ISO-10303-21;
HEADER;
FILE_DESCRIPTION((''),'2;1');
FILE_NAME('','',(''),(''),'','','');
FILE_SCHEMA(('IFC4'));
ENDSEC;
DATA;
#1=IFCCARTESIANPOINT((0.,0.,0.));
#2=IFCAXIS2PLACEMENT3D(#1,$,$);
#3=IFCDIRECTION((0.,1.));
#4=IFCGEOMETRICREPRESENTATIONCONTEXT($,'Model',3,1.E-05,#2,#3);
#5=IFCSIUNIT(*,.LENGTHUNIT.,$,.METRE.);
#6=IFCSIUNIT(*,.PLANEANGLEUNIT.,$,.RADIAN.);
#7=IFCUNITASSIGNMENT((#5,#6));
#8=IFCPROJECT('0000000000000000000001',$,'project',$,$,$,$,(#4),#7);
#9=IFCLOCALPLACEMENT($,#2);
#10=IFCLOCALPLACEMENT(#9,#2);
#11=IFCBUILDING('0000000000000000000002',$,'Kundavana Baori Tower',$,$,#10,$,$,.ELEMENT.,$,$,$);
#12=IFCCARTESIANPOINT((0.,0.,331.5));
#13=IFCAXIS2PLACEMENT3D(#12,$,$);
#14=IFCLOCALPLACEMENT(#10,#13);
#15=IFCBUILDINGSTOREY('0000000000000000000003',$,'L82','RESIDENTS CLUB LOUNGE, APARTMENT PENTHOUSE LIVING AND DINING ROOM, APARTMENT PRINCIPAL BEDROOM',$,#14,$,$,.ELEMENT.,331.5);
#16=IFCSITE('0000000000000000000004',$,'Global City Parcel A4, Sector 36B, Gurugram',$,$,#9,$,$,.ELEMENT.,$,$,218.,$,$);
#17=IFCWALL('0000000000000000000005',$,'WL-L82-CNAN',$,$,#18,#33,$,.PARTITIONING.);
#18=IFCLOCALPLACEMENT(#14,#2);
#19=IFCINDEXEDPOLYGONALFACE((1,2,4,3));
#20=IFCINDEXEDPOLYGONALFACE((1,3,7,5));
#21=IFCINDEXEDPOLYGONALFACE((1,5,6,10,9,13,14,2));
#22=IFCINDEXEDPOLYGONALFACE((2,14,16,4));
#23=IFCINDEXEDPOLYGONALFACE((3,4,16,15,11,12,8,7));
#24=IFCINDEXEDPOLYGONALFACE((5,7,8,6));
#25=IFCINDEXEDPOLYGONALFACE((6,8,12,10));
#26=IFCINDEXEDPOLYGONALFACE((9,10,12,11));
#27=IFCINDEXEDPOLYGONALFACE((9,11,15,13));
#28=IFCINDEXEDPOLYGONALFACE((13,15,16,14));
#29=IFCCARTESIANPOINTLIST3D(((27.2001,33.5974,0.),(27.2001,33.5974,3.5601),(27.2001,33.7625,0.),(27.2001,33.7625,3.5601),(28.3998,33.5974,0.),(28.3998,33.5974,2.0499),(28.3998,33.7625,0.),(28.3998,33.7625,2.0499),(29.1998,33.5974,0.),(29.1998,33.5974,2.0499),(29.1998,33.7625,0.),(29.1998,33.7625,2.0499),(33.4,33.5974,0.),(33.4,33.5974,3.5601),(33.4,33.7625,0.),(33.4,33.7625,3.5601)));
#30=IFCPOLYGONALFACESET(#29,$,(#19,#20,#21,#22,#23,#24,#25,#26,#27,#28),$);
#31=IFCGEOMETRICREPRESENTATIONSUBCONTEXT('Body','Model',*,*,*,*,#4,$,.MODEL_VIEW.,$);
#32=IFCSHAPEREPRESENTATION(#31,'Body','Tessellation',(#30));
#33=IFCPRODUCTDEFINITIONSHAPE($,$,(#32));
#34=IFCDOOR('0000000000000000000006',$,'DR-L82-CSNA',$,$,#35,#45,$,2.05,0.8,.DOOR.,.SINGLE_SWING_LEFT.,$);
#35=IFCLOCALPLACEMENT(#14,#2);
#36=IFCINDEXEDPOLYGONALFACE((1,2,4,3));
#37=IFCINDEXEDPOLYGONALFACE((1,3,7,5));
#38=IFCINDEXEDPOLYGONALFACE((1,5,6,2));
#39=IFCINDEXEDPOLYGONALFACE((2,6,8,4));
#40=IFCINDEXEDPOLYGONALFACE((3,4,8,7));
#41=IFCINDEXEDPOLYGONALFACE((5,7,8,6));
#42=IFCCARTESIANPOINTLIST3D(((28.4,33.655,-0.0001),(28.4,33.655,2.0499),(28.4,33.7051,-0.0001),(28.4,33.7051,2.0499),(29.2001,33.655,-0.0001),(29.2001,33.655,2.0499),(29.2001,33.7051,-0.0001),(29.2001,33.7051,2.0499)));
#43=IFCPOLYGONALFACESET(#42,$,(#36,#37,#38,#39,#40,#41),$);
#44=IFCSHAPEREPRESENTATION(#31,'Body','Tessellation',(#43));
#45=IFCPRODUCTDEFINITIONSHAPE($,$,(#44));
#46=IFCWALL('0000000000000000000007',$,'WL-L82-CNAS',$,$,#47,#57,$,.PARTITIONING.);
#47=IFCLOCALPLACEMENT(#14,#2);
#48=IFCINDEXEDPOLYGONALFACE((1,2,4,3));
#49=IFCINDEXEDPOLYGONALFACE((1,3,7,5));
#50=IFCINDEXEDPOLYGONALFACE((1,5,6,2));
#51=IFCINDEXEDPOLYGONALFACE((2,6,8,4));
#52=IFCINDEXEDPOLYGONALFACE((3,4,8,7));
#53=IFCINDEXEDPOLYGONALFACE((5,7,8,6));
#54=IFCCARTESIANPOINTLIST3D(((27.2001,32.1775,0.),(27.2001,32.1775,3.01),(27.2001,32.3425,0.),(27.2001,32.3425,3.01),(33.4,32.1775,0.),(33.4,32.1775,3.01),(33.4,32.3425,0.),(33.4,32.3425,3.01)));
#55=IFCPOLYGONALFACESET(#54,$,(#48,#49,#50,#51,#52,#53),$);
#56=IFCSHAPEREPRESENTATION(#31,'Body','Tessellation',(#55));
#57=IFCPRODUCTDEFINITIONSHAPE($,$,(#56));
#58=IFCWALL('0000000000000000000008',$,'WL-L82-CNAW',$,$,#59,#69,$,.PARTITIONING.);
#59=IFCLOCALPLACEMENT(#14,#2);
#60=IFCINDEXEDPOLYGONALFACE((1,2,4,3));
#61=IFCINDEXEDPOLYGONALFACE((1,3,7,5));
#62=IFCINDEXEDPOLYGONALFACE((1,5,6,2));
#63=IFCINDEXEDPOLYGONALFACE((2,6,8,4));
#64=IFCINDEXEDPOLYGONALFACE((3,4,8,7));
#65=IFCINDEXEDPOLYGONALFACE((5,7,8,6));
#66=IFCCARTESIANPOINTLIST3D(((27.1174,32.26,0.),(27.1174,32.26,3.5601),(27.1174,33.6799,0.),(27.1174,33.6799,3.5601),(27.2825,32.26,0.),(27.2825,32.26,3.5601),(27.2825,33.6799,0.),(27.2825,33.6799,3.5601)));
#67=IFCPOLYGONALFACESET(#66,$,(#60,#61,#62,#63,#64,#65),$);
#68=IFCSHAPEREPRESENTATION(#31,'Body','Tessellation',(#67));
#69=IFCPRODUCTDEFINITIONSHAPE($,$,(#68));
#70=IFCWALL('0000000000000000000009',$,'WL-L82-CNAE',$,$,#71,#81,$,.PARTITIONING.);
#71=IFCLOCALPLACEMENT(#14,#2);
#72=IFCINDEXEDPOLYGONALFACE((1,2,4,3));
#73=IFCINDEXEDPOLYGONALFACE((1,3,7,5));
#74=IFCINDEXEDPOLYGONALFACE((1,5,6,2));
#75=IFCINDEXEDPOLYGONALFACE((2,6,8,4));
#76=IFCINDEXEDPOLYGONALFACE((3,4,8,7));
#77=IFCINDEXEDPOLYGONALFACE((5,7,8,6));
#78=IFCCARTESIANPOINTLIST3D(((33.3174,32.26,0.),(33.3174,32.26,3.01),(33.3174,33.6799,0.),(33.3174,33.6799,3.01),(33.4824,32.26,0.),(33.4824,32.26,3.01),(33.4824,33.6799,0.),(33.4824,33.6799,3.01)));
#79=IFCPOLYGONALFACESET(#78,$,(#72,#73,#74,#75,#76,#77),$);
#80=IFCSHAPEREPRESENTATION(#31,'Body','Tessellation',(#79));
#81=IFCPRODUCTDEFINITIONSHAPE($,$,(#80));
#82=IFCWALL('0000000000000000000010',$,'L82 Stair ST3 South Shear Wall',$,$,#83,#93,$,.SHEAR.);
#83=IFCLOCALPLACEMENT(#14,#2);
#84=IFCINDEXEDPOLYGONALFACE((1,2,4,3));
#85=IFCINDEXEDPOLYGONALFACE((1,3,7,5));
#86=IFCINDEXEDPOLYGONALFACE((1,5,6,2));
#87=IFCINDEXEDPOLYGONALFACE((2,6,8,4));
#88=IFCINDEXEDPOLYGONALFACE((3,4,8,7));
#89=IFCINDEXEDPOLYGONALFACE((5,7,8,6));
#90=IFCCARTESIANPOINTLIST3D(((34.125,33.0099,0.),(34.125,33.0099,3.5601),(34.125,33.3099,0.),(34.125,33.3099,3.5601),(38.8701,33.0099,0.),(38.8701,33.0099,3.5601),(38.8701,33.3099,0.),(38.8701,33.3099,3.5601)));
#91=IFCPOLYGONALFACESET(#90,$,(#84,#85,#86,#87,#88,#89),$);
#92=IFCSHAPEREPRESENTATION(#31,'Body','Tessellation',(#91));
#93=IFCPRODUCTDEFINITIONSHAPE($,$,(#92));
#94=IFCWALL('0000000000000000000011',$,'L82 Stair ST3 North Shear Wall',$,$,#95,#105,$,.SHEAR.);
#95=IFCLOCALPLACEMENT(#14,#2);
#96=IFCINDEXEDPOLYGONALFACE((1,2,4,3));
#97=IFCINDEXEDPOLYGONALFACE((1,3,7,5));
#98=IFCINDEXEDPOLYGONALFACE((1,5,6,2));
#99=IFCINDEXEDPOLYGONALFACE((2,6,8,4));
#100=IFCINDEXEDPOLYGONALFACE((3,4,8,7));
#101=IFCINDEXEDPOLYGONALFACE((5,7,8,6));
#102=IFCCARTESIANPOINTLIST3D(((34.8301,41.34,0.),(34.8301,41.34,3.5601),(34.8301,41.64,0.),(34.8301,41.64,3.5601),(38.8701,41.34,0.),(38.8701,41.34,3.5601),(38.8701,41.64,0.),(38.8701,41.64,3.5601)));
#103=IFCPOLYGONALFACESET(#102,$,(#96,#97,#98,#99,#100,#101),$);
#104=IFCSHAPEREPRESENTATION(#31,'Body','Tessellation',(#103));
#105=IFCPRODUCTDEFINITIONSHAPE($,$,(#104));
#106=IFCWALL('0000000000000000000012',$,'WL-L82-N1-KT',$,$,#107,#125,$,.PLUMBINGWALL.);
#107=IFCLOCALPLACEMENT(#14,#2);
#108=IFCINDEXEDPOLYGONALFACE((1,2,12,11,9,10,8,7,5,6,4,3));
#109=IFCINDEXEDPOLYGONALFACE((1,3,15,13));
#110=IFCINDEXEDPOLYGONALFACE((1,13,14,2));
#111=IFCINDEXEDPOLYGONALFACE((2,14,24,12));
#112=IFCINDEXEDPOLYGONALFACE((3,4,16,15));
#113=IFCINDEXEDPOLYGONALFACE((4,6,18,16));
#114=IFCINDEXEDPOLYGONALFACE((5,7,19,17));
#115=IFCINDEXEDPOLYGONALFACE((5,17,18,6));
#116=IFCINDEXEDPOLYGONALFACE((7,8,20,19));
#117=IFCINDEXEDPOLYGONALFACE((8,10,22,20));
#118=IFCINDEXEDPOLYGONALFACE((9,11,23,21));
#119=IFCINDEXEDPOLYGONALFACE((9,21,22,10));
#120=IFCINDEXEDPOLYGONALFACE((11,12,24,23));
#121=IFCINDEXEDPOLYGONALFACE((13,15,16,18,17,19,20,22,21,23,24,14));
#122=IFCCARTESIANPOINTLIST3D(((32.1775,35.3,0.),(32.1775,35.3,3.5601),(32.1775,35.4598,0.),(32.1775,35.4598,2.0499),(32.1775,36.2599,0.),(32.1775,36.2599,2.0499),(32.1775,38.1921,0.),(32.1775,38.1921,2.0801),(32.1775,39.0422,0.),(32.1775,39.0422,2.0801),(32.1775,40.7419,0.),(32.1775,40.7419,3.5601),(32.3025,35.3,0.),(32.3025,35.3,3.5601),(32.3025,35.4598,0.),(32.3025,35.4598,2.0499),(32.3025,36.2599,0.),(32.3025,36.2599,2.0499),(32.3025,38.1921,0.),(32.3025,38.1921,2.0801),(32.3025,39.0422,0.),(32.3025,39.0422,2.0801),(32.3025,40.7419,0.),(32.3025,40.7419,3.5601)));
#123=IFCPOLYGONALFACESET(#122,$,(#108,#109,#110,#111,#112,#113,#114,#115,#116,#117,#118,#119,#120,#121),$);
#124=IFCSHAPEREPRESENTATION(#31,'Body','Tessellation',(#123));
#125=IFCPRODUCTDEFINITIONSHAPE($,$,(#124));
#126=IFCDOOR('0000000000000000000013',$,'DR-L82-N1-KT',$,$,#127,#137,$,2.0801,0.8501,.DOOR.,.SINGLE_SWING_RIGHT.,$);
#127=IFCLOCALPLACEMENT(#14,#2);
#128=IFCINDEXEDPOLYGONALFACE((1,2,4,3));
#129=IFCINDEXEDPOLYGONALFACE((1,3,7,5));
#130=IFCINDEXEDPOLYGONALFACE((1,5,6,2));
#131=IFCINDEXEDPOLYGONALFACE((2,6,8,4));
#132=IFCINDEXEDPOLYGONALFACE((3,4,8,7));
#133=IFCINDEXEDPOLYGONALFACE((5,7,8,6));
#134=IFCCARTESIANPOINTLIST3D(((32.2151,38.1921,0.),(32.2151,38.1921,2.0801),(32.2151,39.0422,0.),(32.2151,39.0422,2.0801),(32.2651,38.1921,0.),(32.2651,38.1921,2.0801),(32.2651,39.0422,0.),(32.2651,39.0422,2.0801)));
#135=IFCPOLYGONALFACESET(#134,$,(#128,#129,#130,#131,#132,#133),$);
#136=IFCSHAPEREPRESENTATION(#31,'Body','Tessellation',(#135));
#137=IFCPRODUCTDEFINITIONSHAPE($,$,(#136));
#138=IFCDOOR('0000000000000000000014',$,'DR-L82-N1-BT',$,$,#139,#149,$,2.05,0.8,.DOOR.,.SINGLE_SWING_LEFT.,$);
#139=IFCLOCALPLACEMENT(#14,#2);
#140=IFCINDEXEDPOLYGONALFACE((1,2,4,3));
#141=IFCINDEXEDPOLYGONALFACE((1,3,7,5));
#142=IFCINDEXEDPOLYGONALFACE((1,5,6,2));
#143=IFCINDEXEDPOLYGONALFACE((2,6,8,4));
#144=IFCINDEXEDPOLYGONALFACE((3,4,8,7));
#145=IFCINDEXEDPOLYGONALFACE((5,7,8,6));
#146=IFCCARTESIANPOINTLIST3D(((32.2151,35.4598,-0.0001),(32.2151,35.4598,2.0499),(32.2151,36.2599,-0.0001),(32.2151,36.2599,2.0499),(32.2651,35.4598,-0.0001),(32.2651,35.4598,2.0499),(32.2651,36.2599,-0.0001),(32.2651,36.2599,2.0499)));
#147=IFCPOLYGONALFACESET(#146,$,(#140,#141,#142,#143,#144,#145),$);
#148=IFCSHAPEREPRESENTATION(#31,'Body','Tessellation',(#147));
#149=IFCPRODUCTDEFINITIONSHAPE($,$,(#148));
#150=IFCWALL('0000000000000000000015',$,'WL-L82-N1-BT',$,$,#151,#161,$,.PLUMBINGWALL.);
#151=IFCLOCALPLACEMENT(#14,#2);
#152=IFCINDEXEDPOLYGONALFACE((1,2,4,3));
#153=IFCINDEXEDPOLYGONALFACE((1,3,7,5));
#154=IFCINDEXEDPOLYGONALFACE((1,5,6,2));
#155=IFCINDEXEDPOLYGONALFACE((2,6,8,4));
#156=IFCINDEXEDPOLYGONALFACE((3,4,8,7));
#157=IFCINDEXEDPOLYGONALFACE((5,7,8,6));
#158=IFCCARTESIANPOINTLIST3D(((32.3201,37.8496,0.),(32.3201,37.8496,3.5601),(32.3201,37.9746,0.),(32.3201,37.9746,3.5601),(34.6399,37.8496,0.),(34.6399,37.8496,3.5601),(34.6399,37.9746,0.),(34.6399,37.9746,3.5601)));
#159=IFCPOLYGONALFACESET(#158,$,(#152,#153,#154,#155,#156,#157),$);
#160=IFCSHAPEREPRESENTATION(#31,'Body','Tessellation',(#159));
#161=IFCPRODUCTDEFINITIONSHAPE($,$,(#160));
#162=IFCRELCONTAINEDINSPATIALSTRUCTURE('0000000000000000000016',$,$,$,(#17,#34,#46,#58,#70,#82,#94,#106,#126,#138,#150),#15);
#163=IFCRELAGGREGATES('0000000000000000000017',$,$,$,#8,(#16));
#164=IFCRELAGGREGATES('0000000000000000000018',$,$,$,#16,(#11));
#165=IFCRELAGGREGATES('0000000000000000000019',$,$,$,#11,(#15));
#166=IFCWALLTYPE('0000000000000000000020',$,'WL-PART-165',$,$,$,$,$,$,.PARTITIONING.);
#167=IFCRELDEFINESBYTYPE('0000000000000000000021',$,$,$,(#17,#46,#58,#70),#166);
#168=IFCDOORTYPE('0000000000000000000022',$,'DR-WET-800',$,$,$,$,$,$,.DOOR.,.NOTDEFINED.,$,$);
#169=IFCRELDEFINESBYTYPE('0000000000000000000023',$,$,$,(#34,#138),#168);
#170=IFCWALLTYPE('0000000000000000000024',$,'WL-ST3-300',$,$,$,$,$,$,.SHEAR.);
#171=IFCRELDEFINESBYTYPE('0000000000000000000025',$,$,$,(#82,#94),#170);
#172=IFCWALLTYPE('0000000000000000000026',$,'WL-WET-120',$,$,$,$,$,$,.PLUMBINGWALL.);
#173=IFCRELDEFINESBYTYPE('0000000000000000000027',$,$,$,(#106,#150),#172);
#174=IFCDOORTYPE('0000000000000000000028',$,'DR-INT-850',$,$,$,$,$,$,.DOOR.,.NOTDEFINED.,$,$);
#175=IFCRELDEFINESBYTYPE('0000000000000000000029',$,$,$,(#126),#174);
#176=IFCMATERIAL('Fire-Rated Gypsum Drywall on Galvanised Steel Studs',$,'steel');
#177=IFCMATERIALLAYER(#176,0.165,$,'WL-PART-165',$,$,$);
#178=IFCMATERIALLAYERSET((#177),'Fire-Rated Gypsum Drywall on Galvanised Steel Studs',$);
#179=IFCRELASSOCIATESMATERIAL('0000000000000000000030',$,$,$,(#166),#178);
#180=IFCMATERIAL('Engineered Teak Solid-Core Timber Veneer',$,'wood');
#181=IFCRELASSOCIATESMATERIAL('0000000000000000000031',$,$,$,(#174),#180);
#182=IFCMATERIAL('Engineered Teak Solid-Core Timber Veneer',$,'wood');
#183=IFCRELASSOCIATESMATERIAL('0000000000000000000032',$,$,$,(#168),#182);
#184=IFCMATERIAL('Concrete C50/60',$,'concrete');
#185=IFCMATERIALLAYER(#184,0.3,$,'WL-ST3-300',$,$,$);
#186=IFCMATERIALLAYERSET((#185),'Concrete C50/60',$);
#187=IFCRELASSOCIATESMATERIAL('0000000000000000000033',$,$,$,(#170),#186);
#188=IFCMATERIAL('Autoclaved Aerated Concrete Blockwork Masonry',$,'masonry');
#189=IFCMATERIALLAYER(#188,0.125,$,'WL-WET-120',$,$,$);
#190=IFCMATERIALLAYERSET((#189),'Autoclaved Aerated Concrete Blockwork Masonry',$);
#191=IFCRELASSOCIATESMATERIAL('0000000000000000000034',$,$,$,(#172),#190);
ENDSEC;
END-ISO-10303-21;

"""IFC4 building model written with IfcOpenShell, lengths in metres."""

from ifc_helpers import new_model, si_unit, direction, frame, frame_2d, origin, place, context, subcontext, project, spatial, rectangle, extrude, material, layer, layer_set, type_object, element, fill, save


model = new_model("IFC4")

# Units and contexts
model_context = context("Model", 3, precision=1e-05, world=origin(), true_north=direction((0.0, 1.0)))
body_context = subcontext(model_context, "Body", "Model", "MODEL_VIEW")
ifc_project = project(units=[si_unit("LENGTHUNIT", "METRE"), si_unit("PLANEANGLEUNIT", "RADIAN")], contexts=[model_context])

# Site, building, storey
site_placement = place(None, origin())
site = spatial("IfcSite", under=ifc_project, at=site_placement, Name="Global City Parcel A4, Sector 36B, Gurugram", CompositionType="ELEMENT", RefElevation=218.0)
building_placement = place(site_placement, origin())
building = spatial("IfcBuilding", under=site, at=building_placement, Name="Kundavana Baori Tower", CompositionType="ELEMENT")
storey_placement = place(building_placement, frame((0.0, 0.0, 331.5)))
storey = spatial("IfcBuildingStorey", under=building, at=storey_placement, Name="L82", Description="RESIDENTS CLUB LOUNGE, APARTMENT PENTHOUSE LIVING AND DINING ROOM, APARTMENT PRINCIPAL BEDROOM", CompositionType="ELEMENT", Elevation=331.5)

# Shared definitions
ifc_material_1 = material(Name="Fire-Rated Gypsum Drywall on Galvanised Steel Studs", Category="steel")
ifc_layer_1 = layer(ifc_material_1, 0.165, Name="WL-PART-165")
ifc_layer_set_1 = layer_set([ifc_layer_1], Name="Fire-Rated Gypsum Drywall on Galvanised Steel Studs")
wall_type_1 = type_object("IfcWallType", Name="WL-PART-165", PredefinedType="PARTITIONING", material=ifc_layer_set_1)

# Shared definitions
ifc_material_2 = material(Name="Engineered Teak Solid-Core Timber Veneer", Category="wood")
door_type_1 = type_object("IfcDoorType", Name="DR-INT-850", OperationType="NOTDEFINED", PredefinedType="DOOR", material=ifc_material_2)

# Shared definitions
ifc_material_3 = material(Name="Engineered Teak Solid-Core Timber Veneer", Category="wood")
door_type_2 = type_object("IfcDoorType", Name="DR-WET-800", OperationType="NOTDEFINED", PredefinedType="DOOR", material=ifc_material_3)

# Wall, opening, door
wall_1_placement = place(storey_placement, frame((27.2, 33.6799, 0.0), z_axis=(0.0, 0.0, 1.0), x_axis=(1.0, 0.0, 0.0)))
wall_1 = element("IfcWall", 1, at=wall_1_placement, inside=storey, type_object=wall_type_1, Name="WL-L82-CNAN", PredefinedType="PARTITIONING", context=body_context, shape_type="SweptSolid", body=[
    extrude(rectangle(XDim=6.2, YDim=0.165, at=frame_2d((3.1001, 0.0))), origin(), (0.0, 0.0, 1.0), 3.5601),
])
opening_1_placement = place(wall_1_placement, frame((1.2, 0.0, 0.0)))
opening_1 = element("IfcOpeningElement", 2, at=opening_1_placement, cuts=wall_1, PredefinedType="OPENING", context=body_context, shape_type="SweptSolid", body=[
    extrude(rectangle(XDim=0.8, YDim=2.05, at=frame_2d((0.3999, 1.0249))), frame((0.0, 0.0925, 0.0), z_axis=(0.0, -1.0, 0.0), x_axis=(1.0, 0.0, 0.0)), (0.0, 0.0, 1.0), 0.1851),
])
door_1_placement = place(opening_1_placement, frame((0.8, 0.0, 0.0), z_axis=(0.0, 0.0, 1.0), x_axis=(-1.0, 0.0, 0.0)))
door_1 = element("IfcDoor", 3, at=door_1_placement, inside=storey, type_object=door_type_2, Name="DR-L82-CSNA", OperationType="SINGLE_SWING_LEFT", OverallHeight=2.05, OverallWidth=0.8, PredefinedType="DOOR", context=body_context, shape_type="SweptSolid", body=[
    extrude(rectangle(XDim=0.8, YDim=2.05, at=frame_2d((0.3999, 1.0249))), frame((0.0, 0.0249, 0.0), z_axis=(0.0, -1.0, 0.0), x_axis=(1.0, 0.0, 0.0)), (0.0, 0.0, 1.0), 0.05),
])
fill(opening_1, door_1)

# Walls
wall_2_placement = place(storey_placement, frame((27.2, 32.26, 0.0), z_axis=(0.0, 0.0, 1.0), x_axis=(1.0, 0.0, 0.0)))
element("IfcWall", 4, at=wall_2_placement, inside=storey, type_object=wall_type_1, Name="WL-L82-CNAS", PredefinedType="PARTITIONING", context=body_context, shape_type="SweptSolid", body=[
    extrude(rectangle(XDim=6.2, YDim=0.165, at=frame_2d((3.1001, 0.0))), origin(), (0.0, 0.0, 1.0), 3.01),
])
wall_3_placement = place(storey_placement, frame((27.2, 32.26, 0.0), z_axis=(0.0, 0.0, 1.0), x_axis=(0.0, 1.0, 0.0)))
element("IfcWall", 5, at=wall_3_placement, inside=storey, type_object=wall_type_1, Name="WL-L82-CNAW", PredefinedType="PARTITIONING", context=body_context, shape_type="SweptSolid", body=[
    extrude(rectangle(XDim=1.4199, YDim=0.165, at=frame_2d((0.71, 0.0))), origin(), (0.0, 0.0, 1.0), 3.5601),
])
wall_4_placement = place(storey_placement, frame((33.3999, 32.26, 0.0), z_axis=(0.0, 0.0, 1.0), x_axis=(0.0, 1.0, 0.0)))
element("IfcWall", 6, at=wall_4_placement, inside=storey, type_object=wall_type_1, Name="WL-L82-CNAE", PredefinedType="PARTITIONING", context=body_context, shape_type="SweptSolid", body=[
    extrude(rectangle(XDim=1.4199, YDim=0.165, at=frame_2d((0.71, 0.0))), origin(), (0.0, 0.0, 1.0), 3.01),
])
ifc_material_4 = material(Name="Concrete C50/60", Category="concrete")
ifc_layer_2 = layer(ifc_material_4, 0.3, Name="WL-ST3-300")
ifc_layer_set_2 = layer_set([ifc_layer_2], Name="Concrete C50/60")
wall_type_2 = type_object("IfcWallType", Name="WL-ST3-300", PredefinedType="SHEAR", material=ifc_layer_set_2)
wall_5_placement = place(storey_placement, frame((34.125, 33.1599, 0.0), z_axis=(0.0, 0.0, 1.0), x_axis=(1.0, 0.0, 0.0)))
element("IfcWall", 7, at=wall_5_placement, inside=storey, type_object=wall_type_2, Name="L82 Stair ST3 South Shear Wall", PredefinedType="SHEAR", context=body_context, shape_type="SweptSolid", body=[
    extrude(rectangle(XDim=4.7451, YDim=0.3, at=frame_2d((2.3726, 0.0))), origin(), (0.0, 0.0, 1.0), 3.5601),
])
wall_6_placement = place(storey_placement, frame((34.8301, 41.49, 0.0), z_axis=(0.0, 0.0, 1.0), x_axis=(1.0, 0.0, 0.0)))
element("IfcWall", 8, at=wall_6_placement, inside=storey, type_object=wall_type_2, Name="L82 Stair ST3 North Shear Wall", PredefinedType="SHEAR", context=body_context, shape_type="SweptSolid", body=[
    extrude(rectangle(XDim=4.04, YDim=0.3, at=frame_2d((2.02, 0.0))), origin(), (0.0, 0.0, 1.0), 3.5601),
])

# Wall, openings, doors
ifc_material_5 = material(Name="Autoclaved Aerated Concrete Blockwork Masonry", Category="masonry")
ifc_layer_3 = layer(ifc_material_5, 0.125, Name="WL-WET-120")
ifc_layer_set_3 = layer_set([ifc_layer_3], Name="Autoclaved Aerated Concrete Blockwork Masonry")
wall_type_3 = type_object("IfcWallType", Name="WL-WET-120", PredefinedType="PLUMBINGWALL", material=ifc_layer_set_3)
wall_7_placement = place(storey_placement, frame((32.24, 35.3, 0.0), z_axis=(0.0, 0.0, 1.0), x_axis=(0.0, 1.0, 0.0)))
wall_7 = element("IfcWall", 9, at=wall_7_placement, inside=storey, type_object=wall_type_3, Name="WL-L82-N1-KT", PredefinedType="PLUMBINGWALL", context=body_context, shape_type="SweptSolid", body=[
    extrude(rectangle(XDim=5.4419, YDim=0.125, at=frame_2d((2.7209, 0.0))), origin(), (0.0, 0.0, 1.0), 3.5601),
])
opening_2_placement = place(wall_7_placement, frame((0.1599, 0.0, 0.0)))
opening_2 = element("IfcOpeningElement", 10, at=opening_2_placement, cuts=wall_7, PredefinedType="OPENING", context=body_context, shape_type="SweptSolid", body=[
    extrude(rectangle(XDim=0.8, YDim=2.05, at=frame_2d((0.3999, 1.0249))), frame((0.0, 0.0725, 0.0), z_axis=(0.0, -1.0, 0.0), x_axis=(1.0, 0.0, 0.0)), (0.0, 0.0, 1.0), 0.145),
])
opening_3_placement = place(wall_7_placement, frame((2.8921, 0.0, 0.0)))
opening_3 = element("IfcOpeningElement", 11, at=opening_3_placement, cuts=wall_7, PredefinedType="OPENING", context=body_context, shape_type="SweptSolid", body=[
    extrude(rectangle(XDim=0.8501, YDim=2.0801, at=frame_2d((0.425, 1.04))), frame((0.0, 0.0725, 0.0), z_axis=(0.0, -1.0, 0.0), x_axis=(1.0, 0.0, 0.0)), (0.0, 0.0, 1.0), 0.145),
])
door_2_placement = place(opening_3_placement, origin())
door_2 = element("IfcDoor", 12, at=door_2_placement, inside=storey, type_object=door_type_1, Name="DR-L82-N1-KT", OperationType="SINGLE_SWING_RIGHT", OverallHeight=2.0801, OverallWidth=0.8501, PredefinedType="DOOR", context=body_context, shape_type="SweptSolid", body=[
    extrude(rectangle(XDim=0.8501, YDim=2.0801, at=frame_2d((0.425, 1.04))), frame((0.0, 0.0249, 0.0), z_axis=(0.0, -1.0, 0.0), x_axis=(1.0, 0.0, 0.0)), (0.0, 0.0, 1.0), 0.05),
])
fill(opening_3, door_2)
door_3_placement = place(opening_2_placement, origin())
door_3 = element("IfcDoor", 13, at=door_3_placement, inside=storey, type_object=door_type_2, Name="DR-L82-N1-BT", OperationType="SINGLE_SWING_LEFT", OverallHeight=2.05, OverallWidth=0.8, PredefinedType="DOOR", context=body_context, shape_type="SweptSolid", body=[
    extrude(rectangle(XDim=0.8, YDim=2.05, at=frame_2d((0.3999, 1.0249))), frame((0.0, 0.0249, 0.0), z_axis=(0.0, -1.0, 0.0), x_axis=(1.0, 0.0, 0.0)), (0.0, 0.0, 1.0), 0.05),
])
fill(opening_2, door_3)

# Wall
wall_8_placement = place(storey_placement, frame((32.3201, 37.9121, 0.0), z_axis=(0.0, 0.0, 1.0), x_axis=(1.0, 0.0, 0.0)))
element("IfcWall", 14, at=wall_8_placement, inside=storey, type_object=wall_type_3, Name="WL-L82-N1-BT", PredefinedType="PLUMBINGWALL", context=body_context, shape_type="SweptSolid", body=[
    extrude(rectangle(XDim=2.3198, YDim=0.125, at=frame_2d((1.1599, 0.0))), origin(), (0.0, 0.0, 1.0), 3.5601),
])

save(model, "model.ifc")
